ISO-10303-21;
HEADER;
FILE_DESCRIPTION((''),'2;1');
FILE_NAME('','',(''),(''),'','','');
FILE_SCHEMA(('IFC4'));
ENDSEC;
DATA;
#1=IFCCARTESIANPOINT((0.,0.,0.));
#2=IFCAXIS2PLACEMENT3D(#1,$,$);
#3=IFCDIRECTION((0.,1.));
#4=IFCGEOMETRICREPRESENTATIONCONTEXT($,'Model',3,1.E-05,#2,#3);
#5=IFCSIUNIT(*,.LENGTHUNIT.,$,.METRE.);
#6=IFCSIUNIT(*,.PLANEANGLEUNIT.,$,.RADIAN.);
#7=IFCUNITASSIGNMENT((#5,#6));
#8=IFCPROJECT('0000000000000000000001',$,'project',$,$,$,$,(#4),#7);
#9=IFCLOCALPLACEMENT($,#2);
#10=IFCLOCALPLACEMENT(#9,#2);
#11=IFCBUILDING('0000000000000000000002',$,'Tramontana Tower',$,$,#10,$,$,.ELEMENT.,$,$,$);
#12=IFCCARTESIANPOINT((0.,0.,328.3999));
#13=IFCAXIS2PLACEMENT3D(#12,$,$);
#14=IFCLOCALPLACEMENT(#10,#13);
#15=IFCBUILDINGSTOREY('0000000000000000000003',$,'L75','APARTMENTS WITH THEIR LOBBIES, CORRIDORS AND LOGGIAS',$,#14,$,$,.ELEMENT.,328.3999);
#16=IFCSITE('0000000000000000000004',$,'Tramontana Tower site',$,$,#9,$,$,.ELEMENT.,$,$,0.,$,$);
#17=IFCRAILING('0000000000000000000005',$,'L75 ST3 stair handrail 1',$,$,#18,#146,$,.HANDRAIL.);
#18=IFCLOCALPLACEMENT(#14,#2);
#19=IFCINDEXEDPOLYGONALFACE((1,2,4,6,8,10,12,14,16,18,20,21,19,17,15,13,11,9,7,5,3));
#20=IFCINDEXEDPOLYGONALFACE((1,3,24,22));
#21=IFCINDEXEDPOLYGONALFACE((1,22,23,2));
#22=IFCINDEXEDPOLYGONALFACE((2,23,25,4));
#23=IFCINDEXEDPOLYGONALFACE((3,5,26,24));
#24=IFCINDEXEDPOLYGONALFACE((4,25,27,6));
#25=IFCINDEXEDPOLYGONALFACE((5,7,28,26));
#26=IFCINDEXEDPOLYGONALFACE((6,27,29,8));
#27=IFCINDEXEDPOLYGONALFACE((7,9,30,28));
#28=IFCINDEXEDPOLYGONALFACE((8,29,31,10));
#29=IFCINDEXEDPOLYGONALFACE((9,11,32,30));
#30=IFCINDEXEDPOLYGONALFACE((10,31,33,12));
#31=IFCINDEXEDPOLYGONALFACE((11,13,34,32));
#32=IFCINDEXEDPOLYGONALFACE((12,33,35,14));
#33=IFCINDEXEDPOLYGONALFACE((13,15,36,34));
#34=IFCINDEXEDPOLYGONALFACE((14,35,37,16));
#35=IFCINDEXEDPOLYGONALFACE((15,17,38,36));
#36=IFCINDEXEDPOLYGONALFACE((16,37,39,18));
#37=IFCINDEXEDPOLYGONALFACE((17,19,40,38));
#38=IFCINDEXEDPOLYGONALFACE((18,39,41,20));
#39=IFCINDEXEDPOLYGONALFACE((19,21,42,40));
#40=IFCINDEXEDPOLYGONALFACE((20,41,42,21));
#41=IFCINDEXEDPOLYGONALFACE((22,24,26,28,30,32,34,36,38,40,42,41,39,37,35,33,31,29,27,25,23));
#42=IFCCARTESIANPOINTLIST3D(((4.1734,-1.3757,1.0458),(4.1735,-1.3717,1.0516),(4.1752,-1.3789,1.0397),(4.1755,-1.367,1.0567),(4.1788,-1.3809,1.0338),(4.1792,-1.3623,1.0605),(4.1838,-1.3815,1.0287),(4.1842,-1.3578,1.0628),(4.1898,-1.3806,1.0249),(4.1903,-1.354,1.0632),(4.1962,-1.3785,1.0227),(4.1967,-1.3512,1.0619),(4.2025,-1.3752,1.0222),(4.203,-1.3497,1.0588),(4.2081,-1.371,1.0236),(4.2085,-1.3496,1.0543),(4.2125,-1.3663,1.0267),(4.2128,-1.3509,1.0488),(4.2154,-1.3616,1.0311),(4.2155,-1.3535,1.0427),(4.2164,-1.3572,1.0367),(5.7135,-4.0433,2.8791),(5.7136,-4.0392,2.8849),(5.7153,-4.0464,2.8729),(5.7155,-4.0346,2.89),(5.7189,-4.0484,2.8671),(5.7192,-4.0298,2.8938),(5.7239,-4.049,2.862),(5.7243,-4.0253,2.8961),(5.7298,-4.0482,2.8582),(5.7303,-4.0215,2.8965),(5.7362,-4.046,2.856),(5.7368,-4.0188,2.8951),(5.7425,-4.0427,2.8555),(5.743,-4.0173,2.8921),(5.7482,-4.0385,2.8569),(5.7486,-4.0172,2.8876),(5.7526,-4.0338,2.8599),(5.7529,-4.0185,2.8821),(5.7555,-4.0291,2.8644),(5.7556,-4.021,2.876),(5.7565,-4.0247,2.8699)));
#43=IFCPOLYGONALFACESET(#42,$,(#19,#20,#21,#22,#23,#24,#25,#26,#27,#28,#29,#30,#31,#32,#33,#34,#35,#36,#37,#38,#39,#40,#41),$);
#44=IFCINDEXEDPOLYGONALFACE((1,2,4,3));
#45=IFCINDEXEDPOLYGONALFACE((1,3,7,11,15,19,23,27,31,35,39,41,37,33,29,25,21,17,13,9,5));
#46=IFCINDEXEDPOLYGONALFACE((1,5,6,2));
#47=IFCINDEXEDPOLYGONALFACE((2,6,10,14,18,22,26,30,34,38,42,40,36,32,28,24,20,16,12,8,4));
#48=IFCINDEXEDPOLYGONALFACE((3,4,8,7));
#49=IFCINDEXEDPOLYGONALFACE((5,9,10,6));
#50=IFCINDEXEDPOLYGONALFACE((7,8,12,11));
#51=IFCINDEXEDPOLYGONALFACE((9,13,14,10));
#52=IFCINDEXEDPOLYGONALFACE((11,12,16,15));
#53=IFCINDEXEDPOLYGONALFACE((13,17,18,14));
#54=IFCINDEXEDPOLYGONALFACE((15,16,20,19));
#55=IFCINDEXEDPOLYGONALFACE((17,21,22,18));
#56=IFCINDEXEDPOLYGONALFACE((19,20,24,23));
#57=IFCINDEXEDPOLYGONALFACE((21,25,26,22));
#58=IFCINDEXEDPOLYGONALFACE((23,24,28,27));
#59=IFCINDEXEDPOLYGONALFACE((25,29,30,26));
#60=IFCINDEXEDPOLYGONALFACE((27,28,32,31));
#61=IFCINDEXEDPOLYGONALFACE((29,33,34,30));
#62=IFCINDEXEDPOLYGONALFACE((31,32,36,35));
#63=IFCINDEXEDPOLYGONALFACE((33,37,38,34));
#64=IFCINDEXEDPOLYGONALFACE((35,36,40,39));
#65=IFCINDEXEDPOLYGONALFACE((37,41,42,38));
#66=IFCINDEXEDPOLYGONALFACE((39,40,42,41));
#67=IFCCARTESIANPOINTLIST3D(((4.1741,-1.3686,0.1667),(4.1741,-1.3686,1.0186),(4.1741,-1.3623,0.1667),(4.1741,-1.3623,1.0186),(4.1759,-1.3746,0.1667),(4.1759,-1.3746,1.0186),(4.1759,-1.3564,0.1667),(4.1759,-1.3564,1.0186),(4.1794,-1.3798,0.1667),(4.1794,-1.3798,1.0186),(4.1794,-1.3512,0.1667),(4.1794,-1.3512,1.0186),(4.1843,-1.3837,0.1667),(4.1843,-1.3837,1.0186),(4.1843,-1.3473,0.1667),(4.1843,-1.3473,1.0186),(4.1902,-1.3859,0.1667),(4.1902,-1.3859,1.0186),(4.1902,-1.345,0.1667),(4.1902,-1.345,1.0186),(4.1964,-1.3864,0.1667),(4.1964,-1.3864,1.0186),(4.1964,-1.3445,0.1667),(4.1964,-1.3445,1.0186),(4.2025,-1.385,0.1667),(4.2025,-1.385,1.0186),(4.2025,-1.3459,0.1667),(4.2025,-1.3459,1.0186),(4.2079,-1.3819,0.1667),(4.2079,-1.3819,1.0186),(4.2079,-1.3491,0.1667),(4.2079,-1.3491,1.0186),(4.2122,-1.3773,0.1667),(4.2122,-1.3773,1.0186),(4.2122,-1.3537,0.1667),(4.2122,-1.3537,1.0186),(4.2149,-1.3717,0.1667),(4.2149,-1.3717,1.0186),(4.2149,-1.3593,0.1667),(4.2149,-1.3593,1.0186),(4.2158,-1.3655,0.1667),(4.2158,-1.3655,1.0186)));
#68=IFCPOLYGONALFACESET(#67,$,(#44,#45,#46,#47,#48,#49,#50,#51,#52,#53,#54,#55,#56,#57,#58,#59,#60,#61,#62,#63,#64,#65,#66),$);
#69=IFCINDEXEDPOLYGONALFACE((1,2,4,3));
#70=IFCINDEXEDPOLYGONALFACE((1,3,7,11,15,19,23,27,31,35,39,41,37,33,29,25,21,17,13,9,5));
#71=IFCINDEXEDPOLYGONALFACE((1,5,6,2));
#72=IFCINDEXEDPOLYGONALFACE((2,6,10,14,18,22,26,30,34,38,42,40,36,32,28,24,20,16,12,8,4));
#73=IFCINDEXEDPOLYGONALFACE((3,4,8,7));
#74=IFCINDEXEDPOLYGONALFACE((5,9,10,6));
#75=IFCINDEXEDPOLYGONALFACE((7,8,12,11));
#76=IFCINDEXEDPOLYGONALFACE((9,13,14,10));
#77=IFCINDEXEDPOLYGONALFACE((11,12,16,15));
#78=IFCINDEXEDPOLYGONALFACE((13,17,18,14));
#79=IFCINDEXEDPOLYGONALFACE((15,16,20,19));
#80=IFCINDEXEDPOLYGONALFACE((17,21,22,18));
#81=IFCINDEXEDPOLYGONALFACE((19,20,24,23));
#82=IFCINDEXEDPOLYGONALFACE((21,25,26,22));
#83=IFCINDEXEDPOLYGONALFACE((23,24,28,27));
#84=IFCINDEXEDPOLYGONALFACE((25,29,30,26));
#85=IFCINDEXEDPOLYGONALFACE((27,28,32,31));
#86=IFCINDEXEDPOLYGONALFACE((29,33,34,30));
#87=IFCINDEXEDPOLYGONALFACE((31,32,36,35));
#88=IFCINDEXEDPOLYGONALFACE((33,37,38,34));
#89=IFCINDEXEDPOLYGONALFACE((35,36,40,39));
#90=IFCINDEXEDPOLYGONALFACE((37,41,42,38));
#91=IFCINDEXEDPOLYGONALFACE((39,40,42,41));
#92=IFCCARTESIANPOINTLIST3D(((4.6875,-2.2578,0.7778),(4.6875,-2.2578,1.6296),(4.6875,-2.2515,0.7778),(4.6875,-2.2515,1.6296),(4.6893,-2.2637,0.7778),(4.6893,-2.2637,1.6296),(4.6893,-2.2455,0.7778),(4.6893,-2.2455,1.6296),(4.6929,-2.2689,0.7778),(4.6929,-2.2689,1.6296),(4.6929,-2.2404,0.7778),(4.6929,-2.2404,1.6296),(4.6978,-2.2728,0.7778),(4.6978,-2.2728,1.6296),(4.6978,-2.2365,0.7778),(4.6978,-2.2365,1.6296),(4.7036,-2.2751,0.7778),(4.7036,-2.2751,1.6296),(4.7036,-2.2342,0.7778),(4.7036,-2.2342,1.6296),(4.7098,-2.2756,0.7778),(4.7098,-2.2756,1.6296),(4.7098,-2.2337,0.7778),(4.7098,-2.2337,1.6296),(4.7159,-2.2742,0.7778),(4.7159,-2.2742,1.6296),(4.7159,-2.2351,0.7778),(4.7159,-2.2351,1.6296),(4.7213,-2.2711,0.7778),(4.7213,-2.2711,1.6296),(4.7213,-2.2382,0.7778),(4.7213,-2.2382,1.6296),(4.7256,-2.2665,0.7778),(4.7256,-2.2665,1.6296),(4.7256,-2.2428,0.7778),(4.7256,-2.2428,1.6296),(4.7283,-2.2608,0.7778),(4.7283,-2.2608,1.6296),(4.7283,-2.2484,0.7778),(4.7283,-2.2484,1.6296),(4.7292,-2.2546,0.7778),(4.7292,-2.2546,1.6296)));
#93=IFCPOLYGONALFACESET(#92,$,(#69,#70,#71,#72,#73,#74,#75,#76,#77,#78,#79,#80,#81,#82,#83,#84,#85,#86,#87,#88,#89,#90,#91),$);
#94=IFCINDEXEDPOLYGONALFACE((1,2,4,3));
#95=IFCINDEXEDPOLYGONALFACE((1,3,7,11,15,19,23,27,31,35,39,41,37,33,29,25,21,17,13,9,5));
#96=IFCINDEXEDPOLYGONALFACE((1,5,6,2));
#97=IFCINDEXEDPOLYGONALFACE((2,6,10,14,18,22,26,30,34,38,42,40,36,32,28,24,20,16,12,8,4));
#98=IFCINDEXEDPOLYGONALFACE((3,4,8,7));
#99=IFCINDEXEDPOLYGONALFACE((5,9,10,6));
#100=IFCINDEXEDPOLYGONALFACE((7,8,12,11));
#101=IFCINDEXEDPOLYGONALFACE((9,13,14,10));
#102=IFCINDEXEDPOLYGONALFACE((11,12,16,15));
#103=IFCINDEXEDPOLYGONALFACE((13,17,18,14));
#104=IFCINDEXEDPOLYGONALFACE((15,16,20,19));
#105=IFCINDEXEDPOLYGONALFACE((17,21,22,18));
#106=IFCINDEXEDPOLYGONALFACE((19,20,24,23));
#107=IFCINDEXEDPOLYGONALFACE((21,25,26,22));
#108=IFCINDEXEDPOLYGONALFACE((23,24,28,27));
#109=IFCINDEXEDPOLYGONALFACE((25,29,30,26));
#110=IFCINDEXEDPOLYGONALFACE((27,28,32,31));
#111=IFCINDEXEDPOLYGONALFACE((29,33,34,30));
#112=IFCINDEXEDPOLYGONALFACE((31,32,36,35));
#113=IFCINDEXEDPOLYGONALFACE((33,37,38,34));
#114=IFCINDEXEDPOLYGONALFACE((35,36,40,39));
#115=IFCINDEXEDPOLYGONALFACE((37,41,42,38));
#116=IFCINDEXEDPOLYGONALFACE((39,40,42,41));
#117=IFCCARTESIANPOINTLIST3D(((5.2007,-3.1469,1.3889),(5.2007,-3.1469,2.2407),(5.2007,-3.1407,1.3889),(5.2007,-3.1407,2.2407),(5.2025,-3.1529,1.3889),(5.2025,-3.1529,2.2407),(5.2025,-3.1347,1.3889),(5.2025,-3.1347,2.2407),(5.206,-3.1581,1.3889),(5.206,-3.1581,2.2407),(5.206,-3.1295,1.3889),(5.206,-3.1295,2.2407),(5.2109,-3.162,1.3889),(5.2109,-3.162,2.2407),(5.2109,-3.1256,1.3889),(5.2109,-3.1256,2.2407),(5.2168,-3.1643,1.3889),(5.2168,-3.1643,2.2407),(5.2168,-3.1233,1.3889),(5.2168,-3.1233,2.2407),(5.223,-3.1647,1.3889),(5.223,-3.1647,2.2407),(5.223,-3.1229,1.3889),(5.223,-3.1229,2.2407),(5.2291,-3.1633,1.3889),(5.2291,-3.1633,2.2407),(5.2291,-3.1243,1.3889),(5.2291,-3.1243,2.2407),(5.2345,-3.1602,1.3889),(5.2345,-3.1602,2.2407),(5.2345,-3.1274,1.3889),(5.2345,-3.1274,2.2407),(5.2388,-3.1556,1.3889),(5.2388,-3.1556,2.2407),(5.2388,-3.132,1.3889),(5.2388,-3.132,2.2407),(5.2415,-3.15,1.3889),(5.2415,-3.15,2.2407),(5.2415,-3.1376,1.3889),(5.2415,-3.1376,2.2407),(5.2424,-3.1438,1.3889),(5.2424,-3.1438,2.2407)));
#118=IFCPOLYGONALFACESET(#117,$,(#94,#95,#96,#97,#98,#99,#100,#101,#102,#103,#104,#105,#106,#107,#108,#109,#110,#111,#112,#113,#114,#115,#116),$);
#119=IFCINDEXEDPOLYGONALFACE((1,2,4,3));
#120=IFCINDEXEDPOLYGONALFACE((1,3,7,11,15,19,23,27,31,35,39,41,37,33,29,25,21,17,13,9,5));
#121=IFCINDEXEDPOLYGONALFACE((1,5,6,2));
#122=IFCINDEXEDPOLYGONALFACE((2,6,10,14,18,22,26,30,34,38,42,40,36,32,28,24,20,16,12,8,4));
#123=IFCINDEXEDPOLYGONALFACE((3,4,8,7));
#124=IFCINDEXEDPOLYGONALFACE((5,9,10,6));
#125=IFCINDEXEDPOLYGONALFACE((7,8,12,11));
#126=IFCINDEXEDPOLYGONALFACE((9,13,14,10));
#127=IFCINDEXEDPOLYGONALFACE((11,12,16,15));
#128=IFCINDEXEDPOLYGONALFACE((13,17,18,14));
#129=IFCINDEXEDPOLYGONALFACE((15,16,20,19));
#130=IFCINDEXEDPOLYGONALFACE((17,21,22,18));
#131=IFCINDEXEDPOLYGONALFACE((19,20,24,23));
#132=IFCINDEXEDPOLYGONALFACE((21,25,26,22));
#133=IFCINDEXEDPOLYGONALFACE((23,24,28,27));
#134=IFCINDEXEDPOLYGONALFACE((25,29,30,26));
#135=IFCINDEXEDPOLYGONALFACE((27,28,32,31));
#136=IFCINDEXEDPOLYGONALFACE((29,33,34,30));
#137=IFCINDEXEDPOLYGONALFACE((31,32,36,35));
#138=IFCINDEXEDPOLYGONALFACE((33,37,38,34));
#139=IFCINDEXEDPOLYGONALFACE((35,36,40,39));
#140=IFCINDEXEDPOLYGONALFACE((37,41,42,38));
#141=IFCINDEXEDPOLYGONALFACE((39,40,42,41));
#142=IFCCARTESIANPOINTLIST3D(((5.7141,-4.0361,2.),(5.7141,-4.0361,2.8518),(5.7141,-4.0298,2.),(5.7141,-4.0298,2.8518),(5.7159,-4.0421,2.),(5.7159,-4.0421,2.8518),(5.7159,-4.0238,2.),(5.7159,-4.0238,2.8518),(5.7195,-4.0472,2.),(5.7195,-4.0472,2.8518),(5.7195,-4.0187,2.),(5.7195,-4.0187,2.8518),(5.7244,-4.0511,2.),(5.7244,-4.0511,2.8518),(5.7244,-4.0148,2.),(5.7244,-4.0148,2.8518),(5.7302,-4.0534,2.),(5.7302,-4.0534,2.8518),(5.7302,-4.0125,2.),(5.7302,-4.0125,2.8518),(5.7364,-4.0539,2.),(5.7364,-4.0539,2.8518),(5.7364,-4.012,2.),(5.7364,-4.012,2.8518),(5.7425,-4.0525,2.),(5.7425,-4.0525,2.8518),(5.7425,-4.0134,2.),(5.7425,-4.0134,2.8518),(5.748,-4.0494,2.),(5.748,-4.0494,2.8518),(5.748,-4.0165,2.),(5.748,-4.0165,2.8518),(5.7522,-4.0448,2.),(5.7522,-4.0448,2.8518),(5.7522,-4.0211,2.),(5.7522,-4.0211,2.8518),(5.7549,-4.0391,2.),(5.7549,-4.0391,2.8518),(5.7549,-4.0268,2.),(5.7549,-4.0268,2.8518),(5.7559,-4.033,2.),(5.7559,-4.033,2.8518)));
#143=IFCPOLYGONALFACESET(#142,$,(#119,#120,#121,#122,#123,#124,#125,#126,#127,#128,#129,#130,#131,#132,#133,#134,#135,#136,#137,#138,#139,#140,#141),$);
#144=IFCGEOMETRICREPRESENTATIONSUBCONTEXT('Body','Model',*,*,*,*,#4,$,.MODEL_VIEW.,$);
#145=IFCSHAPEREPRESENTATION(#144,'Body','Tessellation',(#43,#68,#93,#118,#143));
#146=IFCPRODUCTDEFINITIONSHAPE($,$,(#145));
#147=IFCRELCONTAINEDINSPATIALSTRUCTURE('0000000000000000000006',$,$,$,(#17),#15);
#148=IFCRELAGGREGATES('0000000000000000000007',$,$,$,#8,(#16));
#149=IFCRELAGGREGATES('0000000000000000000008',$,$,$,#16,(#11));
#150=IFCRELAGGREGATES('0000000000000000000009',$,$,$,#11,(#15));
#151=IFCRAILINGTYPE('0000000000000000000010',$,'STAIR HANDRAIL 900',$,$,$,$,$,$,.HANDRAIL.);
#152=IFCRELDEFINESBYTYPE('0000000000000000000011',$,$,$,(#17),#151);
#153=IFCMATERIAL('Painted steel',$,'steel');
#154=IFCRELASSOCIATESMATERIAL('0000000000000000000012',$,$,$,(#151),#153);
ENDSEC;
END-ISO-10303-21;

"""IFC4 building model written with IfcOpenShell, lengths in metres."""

from ifc_helpers import new_model, si_unit, direction, frame, origin, origin_2d, place, context, subcontext, project, spatial, circle, extrude, material, type_object, element, save


model = new_model("IFC4")

# Units and contexts
model_context = context("Model", 3, precision=1e-05, world=origin(), true_north=direction((0.0, 1.0)))
body_context = subcontext(model_context, "Body", "Model", "MODEL_VIEW")
ifc_project = project(units=[si_unit("LENGTHUNIT", "METRE"), si_unit("PLANEANGLEUNIT", "RADIAN")], contexts=[model_context])

# Site, building, storey
site_placement = place(None, origin())
site = spatial("IfcSite", under=ifc_project, at=site_placement, Name="Tramontana Tower site", CompositionType="ELEMENT", RefElevation=0.0)
building_placement = place(site_placement, origin())
building = spatial("IfcBuilding", under=site, at=building_placement, Name="Tramontana Tower", CompositionType="ELEMENT")
storey_placement = place(building_placement, frame((0.0, 0.0, 328.3999)))
storey = spatial("IfcBuildingStorey", under=building, at=storey_placement, Name="L75", Description="APARTMENTS WITH THEIR LOBBIES, CORRIDORS AND LOGGIAS", CompositionType="ELEMENT", Elevation=328.3999)

# Railing
ifc_material_1 = material(Name="Painted steel", Category="steel")
railing_type_1 = type_object("IfcRailingType", Name="STAIR HANDRAIL 900", PredefinedType="HANDRAIL", material=ifc_material_1)
railing_1_placement = place(storey_placement, frame((4.1948, -1.3655, 0.1667)))
element("IfcRailing", 1, at=railing_1_placement, inside=storey, type_object=railing_type_1, Name="L75 ST3 stair handrail 1", PredefinedType="HANDRAIL", context=body_context, shape_type="SweptSolid", body=[
    extrude(circle(Radius=0.0239, at=origin_2d()), frame((0.0, 0.0, 0.876), z_axis=(0.429649, -0.74419, 0.511452), x_axis=(0.86603, 0.499992, 0.0)), (0.0, 0.0, 1.0), 3.5845),
    extrude(circle(Radius=0.021, at=origin_2d()), origin(), (0.0, 0.0, 1.0), 0.8518),
    extrude(circle(Radius=0.021, at=origin_2d()), frame((0.5134, -0.8892, 0.6111)), (0.0, 0.0, 1.0), 0.8518),
    extrude(circle(Radius=0.021, at=origin_2d()), frame((1.0266, -1.7783, 1.2222)), (0.0, 0.0, 1.0), 0.8518),
    extrude(circle(Radius=0.021, at=origin_2d()), frame((1.54, -2.6675, 1.8333)), (0.0, 0.0, 1.0), 0.8518),
])

save(model, "model.ifc")
